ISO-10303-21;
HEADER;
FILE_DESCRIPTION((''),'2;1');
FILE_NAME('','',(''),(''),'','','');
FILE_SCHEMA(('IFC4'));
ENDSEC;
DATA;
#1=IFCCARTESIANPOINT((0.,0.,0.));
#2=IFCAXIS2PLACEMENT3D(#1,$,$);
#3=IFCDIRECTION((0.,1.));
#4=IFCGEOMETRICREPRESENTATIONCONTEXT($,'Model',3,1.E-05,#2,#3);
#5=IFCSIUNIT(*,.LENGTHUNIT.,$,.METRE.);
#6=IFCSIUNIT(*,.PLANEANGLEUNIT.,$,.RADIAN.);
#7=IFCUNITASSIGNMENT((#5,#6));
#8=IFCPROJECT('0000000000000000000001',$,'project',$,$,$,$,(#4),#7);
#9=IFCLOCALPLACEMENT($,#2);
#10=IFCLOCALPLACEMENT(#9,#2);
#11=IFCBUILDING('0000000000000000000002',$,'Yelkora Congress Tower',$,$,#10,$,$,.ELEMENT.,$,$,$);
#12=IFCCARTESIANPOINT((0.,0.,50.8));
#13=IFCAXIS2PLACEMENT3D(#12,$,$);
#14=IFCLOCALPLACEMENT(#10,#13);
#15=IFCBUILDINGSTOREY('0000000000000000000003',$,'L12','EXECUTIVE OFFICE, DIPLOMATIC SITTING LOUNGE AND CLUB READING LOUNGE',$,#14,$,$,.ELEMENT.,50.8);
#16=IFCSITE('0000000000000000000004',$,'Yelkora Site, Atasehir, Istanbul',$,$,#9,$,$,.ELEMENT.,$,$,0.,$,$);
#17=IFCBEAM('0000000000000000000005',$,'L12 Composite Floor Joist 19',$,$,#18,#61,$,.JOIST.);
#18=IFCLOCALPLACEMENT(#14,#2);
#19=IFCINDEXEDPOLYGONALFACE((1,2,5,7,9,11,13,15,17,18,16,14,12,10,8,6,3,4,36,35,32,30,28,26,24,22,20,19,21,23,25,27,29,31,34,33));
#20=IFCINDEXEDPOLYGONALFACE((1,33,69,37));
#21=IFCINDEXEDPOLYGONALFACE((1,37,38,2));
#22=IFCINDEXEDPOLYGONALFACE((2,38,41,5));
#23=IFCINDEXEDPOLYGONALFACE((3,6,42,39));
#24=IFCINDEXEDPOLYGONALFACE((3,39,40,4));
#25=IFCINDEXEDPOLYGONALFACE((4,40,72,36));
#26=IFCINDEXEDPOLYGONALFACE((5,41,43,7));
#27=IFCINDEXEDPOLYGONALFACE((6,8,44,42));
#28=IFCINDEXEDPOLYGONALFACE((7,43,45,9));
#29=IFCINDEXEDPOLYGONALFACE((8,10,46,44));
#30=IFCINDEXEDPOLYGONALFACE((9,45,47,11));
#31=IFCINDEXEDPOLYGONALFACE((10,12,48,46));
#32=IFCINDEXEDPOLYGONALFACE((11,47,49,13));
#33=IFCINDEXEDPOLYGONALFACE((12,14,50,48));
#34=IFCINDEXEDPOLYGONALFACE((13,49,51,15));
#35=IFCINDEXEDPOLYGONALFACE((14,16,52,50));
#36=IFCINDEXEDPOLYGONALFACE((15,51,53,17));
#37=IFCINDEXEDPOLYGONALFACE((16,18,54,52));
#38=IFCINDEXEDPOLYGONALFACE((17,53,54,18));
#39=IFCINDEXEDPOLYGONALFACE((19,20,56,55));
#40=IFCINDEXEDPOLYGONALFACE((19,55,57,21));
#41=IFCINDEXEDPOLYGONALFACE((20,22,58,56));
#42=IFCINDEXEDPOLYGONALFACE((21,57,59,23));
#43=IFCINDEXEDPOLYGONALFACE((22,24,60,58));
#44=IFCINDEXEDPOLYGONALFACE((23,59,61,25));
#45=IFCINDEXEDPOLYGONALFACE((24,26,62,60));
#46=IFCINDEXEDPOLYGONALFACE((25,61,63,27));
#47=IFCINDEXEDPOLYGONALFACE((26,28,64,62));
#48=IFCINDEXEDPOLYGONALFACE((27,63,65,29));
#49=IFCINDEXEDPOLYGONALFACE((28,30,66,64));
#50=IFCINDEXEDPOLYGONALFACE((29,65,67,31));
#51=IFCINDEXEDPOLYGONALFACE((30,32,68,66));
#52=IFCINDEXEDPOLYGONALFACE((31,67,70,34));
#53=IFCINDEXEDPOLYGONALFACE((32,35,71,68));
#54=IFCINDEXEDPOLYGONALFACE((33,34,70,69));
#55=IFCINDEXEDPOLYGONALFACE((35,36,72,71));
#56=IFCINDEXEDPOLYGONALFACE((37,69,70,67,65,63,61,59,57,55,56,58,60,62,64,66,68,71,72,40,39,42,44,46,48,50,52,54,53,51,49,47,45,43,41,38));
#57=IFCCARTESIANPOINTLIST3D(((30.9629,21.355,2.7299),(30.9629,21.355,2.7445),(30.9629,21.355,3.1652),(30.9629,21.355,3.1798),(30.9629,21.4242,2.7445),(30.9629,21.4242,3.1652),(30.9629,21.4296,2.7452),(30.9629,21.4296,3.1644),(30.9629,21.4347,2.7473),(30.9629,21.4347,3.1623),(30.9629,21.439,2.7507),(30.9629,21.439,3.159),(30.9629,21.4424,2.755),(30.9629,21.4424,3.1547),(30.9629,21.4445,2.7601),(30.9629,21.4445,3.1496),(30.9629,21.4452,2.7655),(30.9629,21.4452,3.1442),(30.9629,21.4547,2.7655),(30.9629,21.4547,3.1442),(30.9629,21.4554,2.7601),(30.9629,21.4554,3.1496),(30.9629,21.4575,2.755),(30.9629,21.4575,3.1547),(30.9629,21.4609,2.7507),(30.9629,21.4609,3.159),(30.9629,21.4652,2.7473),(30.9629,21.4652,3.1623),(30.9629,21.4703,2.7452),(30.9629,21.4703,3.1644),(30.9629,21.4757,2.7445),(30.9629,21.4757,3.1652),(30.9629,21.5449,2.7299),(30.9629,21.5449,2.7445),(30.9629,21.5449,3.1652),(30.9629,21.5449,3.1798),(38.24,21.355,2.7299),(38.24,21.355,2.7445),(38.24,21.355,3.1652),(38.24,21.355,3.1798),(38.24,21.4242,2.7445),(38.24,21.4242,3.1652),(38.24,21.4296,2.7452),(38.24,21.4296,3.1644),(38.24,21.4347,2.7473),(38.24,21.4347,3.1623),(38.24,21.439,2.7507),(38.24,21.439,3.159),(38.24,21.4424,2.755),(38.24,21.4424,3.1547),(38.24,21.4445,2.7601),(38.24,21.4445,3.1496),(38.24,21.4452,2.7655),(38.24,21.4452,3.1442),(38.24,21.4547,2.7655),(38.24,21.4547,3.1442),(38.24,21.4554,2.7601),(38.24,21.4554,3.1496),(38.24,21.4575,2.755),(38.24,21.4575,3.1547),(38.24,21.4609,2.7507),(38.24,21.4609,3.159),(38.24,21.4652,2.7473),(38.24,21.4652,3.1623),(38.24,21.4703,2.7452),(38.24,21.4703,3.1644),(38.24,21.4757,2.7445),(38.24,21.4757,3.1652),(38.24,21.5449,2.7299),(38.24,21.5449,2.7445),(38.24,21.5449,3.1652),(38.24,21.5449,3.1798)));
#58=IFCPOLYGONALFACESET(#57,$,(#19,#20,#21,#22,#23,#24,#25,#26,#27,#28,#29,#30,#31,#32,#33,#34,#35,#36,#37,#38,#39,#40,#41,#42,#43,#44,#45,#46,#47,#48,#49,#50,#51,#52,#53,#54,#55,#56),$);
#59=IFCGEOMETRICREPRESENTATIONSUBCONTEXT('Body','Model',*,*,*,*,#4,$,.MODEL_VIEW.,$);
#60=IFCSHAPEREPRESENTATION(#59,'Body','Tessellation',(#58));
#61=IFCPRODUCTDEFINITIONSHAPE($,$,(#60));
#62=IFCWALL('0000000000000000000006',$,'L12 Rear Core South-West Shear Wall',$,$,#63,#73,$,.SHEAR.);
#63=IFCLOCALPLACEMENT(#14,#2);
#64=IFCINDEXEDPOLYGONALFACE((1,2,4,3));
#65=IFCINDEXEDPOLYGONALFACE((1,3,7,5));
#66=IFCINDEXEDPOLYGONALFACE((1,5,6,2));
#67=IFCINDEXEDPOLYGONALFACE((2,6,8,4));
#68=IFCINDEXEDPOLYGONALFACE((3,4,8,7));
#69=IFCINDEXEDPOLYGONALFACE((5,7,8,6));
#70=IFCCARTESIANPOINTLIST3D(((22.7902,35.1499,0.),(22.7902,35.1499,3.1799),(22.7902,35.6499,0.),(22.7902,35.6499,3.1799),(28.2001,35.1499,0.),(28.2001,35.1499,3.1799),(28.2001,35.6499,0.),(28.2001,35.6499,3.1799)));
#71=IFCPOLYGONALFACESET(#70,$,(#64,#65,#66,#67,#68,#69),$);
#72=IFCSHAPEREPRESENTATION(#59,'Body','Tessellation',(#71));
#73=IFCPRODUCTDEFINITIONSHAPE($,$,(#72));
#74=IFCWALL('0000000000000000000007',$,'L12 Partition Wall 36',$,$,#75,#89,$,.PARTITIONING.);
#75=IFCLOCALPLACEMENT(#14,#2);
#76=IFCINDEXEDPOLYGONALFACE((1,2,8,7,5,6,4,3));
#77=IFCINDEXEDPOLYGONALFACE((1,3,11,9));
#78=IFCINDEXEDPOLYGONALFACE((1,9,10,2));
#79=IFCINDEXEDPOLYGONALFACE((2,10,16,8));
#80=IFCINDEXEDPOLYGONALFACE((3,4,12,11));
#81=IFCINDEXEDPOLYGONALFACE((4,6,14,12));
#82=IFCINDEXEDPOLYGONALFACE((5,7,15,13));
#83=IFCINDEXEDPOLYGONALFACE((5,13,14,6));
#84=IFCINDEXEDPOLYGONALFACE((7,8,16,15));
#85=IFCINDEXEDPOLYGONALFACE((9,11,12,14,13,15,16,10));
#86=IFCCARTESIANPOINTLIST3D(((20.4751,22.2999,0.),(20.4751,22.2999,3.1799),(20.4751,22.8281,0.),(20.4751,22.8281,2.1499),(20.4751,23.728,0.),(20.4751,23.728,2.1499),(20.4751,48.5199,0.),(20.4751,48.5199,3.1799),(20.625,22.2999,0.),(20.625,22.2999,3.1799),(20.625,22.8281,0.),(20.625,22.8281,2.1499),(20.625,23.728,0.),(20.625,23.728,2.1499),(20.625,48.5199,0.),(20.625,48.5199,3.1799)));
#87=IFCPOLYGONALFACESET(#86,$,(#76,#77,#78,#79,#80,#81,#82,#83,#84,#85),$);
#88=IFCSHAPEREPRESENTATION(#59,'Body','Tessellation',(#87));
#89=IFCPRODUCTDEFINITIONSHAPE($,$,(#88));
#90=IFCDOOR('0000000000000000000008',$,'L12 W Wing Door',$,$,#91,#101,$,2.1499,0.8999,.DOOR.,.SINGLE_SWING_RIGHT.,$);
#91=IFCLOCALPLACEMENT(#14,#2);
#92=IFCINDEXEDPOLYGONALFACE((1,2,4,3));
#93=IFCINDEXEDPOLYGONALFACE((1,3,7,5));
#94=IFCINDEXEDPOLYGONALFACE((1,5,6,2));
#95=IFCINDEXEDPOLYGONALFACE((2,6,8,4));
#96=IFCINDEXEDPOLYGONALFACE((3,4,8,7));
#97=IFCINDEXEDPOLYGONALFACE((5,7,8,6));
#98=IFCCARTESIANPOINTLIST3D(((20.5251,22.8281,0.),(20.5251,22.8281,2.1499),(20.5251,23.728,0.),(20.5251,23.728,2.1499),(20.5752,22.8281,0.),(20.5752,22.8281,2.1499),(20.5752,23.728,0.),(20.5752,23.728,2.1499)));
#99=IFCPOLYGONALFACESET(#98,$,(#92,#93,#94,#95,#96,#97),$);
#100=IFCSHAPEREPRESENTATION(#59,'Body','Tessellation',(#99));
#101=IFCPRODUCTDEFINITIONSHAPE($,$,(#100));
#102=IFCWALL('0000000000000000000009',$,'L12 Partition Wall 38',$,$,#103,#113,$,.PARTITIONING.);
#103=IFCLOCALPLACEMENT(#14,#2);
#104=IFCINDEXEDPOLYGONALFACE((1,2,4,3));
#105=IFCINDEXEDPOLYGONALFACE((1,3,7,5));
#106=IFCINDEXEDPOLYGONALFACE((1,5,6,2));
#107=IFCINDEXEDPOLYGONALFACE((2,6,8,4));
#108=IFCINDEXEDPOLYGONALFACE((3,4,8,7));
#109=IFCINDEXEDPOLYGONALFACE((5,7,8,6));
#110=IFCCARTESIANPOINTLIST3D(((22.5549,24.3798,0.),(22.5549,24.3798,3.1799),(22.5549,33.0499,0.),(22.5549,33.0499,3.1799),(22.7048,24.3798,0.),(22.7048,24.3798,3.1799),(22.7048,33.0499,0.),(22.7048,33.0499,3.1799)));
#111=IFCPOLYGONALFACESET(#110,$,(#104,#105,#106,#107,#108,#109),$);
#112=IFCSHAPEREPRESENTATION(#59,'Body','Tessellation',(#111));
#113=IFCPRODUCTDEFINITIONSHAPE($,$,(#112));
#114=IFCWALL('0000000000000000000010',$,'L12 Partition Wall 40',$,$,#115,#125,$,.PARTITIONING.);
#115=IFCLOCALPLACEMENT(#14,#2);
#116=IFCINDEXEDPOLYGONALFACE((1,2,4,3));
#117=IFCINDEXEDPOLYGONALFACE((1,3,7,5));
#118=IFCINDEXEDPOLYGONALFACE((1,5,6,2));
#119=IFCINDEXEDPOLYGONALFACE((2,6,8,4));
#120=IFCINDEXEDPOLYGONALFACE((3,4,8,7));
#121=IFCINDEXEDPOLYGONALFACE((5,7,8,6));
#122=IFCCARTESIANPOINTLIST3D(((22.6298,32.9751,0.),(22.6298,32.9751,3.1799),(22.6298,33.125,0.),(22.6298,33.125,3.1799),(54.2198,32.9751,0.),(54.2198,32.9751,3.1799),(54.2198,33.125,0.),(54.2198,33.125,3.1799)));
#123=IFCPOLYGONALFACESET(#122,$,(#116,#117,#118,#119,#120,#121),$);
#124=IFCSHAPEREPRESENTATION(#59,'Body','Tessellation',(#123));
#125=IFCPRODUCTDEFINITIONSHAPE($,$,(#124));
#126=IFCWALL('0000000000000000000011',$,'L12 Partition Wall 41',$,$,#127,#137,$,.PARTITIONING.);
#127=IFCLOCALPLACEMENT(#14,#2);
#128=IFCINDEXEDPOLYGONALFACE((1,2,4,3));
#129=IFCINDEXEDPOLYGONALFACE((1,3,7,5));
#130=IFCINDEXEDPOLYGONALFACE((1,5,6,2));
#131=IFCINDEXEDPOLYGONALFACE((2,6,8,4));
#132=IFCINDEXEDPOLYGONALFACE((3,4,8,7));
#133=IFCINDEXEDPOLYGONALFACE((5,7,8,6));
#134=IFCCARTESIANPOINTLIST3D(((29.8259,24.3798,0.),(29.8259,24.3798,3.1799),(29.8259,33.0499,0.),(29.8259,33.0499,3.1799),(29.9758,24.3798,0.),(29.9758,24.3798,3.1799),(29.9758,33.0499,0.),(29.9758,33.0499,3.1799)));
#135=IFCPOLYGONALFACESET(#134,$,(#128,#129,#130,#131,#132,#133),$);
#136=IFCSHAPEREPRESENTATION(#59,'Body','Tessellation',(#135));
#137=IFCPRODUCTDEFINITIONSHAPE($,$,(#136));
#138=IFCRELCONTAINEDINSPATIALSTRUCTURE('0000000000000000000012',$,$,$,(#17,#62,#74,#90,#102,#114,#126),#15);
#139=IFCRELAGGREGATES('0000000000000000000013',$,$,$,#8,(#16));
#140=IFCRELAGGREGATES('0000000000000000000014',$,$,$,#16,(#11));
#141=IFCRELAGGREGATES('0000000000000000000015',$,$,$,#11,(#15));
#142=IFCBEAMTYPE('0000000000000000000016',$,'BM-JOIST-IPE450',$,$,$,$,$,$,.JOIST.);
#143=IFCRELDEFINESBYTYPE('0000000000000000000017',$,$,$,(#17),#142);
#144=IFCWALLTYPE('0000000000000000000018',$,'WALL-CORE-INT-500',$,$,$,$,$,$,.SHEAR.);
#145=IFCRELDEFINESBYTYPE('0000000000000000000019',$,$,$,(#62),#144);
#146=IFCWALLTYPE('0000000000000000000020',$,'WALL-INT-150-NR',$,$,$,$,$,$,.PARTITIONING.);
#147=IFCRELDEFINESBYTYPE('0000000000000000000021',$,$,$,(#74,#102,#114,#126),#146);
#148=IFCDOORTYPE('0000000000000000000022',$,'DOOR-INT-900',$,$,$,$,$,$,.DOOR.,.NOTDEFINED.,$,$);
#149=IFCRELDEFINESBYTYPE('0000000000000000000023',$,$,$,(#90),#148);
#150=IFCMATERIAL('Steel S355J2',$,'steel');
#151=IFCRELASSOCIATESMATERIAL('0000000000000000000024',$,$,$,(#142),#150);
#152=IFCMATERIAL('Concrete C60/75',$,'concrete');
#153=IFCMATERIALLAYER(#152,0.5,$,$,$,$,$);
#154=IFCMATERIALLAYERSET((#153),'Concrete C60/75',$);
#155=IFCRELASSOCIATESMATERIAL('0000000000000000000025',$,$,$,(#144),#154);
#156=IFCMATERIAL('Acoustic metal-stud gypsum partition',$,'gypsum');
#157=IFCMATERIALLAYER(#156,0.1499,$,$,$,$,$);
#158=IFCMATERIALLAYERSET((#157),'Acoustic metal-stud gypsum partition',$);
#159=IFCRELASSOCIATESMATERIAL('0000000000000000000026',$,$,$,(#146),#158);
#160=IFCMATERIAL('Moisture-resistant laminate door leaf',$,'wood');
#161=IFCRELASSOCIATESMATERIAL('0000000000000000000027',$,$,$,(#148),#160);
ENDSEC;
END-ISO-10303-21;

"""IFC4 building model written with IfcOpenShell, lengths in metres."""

from ifc_helpers import new_model, si_unit, direction, frame, frame_2d, origin, origin_2d, place, context, subcontext, project, spatial, rectangle, i_section, extrude, material, layer, layer_set, material_profile, profile_set, type_object, element, fill, save


model = new_model("IFC4")

# Units and contexts
model_context = context("Model", 3, precision=1e-05, world=origin(), true_north=direction((0.0, 1.0)))
body_context = subcontext(model_context, "Body", "Model", "MODEL_VIEW")
ifc_project = project(units=[si_unit("LENGTHUNIT", "METRE"), si_unit("PLANEANGLEUNIT", "RADIAN")], contexts=[model_context])

# Site, building, storey
site_placement = place(None, origin())
site = spatial("IfcSite", under=ifc_project, at=site_placement, Name="Yelkora Site, Atasehir, Istanbul", CompositionType="ELEMENT", RefElevation=0.0)
building_placement = place(site_placement, origin())
building = spatial("IfcBuilding", under=site, at=building_placement, Name="Yelkora Congress Tower", CompositionType="ELEMENT")
storey_placement = place(building_placement, frame((0.0, 0.0, 50.8)))
storey = spatial("IfcBuildingStorey", under=building, at=storey_placement, Name="L12", Description="EXECUTIVE OFFICE, DIPLOMATIC SITTING LOUNGE AND CLUB READING LOUNGE", CompositionType="ELEMENT", Elevation=50.8)

# Shared definitions
ifc_material_1 = material(Name="Concrete C60/75", Category="concrete")

# Beam
ifc_material_2 = material(Name="Steel S355J2", Category="steel")
ifc_material_profile_1 = material_profile(ifc_material_2, i_section(OverallWidth=0.1899, OverallDepth=0.45, WebThickness=0.0095, FlangeThickness=0.0146, FilletRadius=0.021, at=origin_2d()), Name="IPE 450")
ifc_profile_set_1 = profile_set([ifc_material_profile_1], Name="Steel S355J2")
beam_type_1 = type_object("IfcBeamType", Name="BM-JOIST-IPE450", PredefinedType="JOIST", material=ifc_profile_set_1)
for number, where, z_axis, x_axis, name in (
    (1, (30.9629, 21.45, 2.9548), (1.0, 0.0, 0.0), (0.0, 1.0, 0.0), "L12 Composite Floor Joist 19"),
):
    element("IfcBeam", number, at=place(storey_placement, frame(where, z_axis=z_axis, x_axis=x_axis)), inside=storey, type_object=beam_type_1, Name=name, PredefinedType="JOIST", context=body_context, shape_type="SweptSolid", body=[
        extrude(i_section(OverallWidth=0.1899, OverallDepth=0.45, WebThickness=0.0095, FlangeThickness=0.0146, FilletRadius=0.021, at=origin_2d()), origin(), (0.0, 0.0, 1.0), 7.2771),
    ])

# Wall
ifc_layer_1 = layer(ifc_material_1, 0.5)
ifc_layer_set_1 = layer_set([ifc_layer_1], Name="Concrete C60/75")
wall_type_1 = type_object("IfcWallType", Name="WALL-CORE-INT-500", PredefinedType="SHEAR", material=ifc_layer_set_1)
wall_1_placement = place(storey_placement, frame((22.79, 35.3999, 0.0), z_axis=(0.0, 0.0, 1.0), x_axis=(1.0, 0.0, 0.0)))
element("IfcWall", 2, at=wall_1_placement, inside=storey, type_object=wall_type_1, Name="L12 Rear Core South-West Shear Wall", PredefinedType="SHEAR", context=body_context, shape_type="SweptSolid", body=[
    extrude(rectangle(XDim=5.4099, YDim=0.5, at=frame_2d((2.7051, 0.0))), origin(), (0.0, 0.0, 1.0), 3.1799),
])

# Wall, opening, door
ifc_material_3 = material(Name="Acoustic metal-stud gypsum partition", Category="gypsum")
ifc_layer_2 = layer(ifc_material_3, 0.1499)
ifc_layer_set_2 = layer_set([ifc_layer_2], Name="Acoustic metal-stud gypsum partition")
wall_type_2 = type_object("IfcWallType", Name="WALL-INT-150-NR", PredefinedType="PARTITIONING", material=ifc_layer_set_2)
wall_2_placement = place(storey_placement, frame((20.55, 22.3, 0.0), z_axis=(0.0, 0.0, 1.0), x_axis=(0.0, 1.0, 0.0)))
wall_2 = element("IfcWall", 3, at=wall_2_placement, inside=storey, type_object=wall_type_2, Name="L12 Partition Wall 36", PredefinedType="PARTITIONING", context=body_context, shape_type="SweptSolid", body=[
    extrude(rectangle(XDim=26.22, YDim=0.1499, at=frame_2d((13.1099, 0.0))), origin(), (0.0, 0.0, 1.0), 3.1799),
])
opening_1_placement = place(wall_2_placement, frame((0.5281, 0.0, 0.0)))
opening_1 = element("IfcOpeningElement", 4, at=opening_1_placement, cuts=wall_2, PredefinedType="OPENING", context=body_context, shape_type="SweptSolid", body=[
    extrude(rectangle(XDim=0.8999, YDim=2.1499, at=frame_2d((0.45, 1.075))), frame((0.0, 0.085, 0.0), z_axis=(0.0, -1.0, 0.0), x_axis=(1.0, 0.0, 0.0)), (0.0, 0.0, 1.0), 0.1699),
])
ifc_material_4 = material(Name="Moisture-resistant laminate door leaf", Category="wood")
door_type = type_object("IfcDoorType", Name="DOOR-INT-900", OperationType="NOTDEFINED", PredefinedType="DOOR", material=ifc_material_4)
door_1_placement = place(opening_1_placement, origin())
door_1 = element("IfcDoor", 5, at=door_1_placement, inside=storey, type_object=door_type, Name="L12 W Wing Door", OperationType="SINGLE_SWING_RIGHT", OverallHeight=2.1499, OverallWidth=0.8999, PredefinedType="DOOR", context=body_context, shape_type="SweptSolid", body=[
    extrude(rectangle(XDim=0.8999, YDim=2.1499, at=frame_2d((0.45, 1.075))), frame((0.0, 0.0249, 0.0), z_axis=(0.0, -1.0, 0.0), x_axis=(1.0, 0.0, 0.0)), (0.0, 0.0, 1.0), 0.05),
])
fill(opening_1, door_1)

# Walls
wall_3_placement = place(storey_placement, frame((22.6299, 24.3799, 0.0), z_axis=(0.0, 0.0, 1.0), x_axis=(0.0, 1.0, 0.0)))
element("IfcWall", 6, at=wall_3_placement, inside=storey, type_object=wall_type_2, Name="L12 Partition Wall 38", PredefinedType="PARTITIONING", context=body_context, shape_type="SweptSolid", body=[
    extrude(rectangle(XDim=8.6702, YDim=0.1499, at=frame_2d((4.335, 0.0))), origin(), (0.0, 0.0, 1.0), 3.1799),
])
wall_4_placement = place(storey_placement, frame((22.6299, 33.05, 0.0), z_axis=(0.0, 0.0, 1.0), x_axis=(1.0, 0.0, 0.0)))
element("IfcWall", 7, at=wall_4_placement, inside=storey, type_object=wall_type_2, Name="L12 Partition Wall 40", PredefinedType="PARTITIONING", context=body_context, shape_type="SweptSolid", body=[
    extrude(rectangle(XDim=31.5901, YDim=0.1499, at=frame_2d((15.7949, 0.0))), origin(), (0.0, 0.0, 1.0), 3.1799),
])
wall_5_placement = place(storey_placement, frame((29.9009, 24.3799, 0.0), z_axis=(0.0, 0.0, 1.0), x_axis=(0.0, 1.0, 0.0)))
element("IfcWall", 8, at=wall_5_placement, inside=storey, type_object=wall_type_2, Name="L12 Partition Wall 41", PredefinedType="PARTITIONING", context=body_context, shape_type="SweptSolid", body=[
    extrude(rectangle(XDim=8.6702, YDim=0.1499, at=frame_2d((4.335, 0.0))), origin(), (0.0, 0.0, 1.0), 3.1799),
])

save(model, "model.ifc")
